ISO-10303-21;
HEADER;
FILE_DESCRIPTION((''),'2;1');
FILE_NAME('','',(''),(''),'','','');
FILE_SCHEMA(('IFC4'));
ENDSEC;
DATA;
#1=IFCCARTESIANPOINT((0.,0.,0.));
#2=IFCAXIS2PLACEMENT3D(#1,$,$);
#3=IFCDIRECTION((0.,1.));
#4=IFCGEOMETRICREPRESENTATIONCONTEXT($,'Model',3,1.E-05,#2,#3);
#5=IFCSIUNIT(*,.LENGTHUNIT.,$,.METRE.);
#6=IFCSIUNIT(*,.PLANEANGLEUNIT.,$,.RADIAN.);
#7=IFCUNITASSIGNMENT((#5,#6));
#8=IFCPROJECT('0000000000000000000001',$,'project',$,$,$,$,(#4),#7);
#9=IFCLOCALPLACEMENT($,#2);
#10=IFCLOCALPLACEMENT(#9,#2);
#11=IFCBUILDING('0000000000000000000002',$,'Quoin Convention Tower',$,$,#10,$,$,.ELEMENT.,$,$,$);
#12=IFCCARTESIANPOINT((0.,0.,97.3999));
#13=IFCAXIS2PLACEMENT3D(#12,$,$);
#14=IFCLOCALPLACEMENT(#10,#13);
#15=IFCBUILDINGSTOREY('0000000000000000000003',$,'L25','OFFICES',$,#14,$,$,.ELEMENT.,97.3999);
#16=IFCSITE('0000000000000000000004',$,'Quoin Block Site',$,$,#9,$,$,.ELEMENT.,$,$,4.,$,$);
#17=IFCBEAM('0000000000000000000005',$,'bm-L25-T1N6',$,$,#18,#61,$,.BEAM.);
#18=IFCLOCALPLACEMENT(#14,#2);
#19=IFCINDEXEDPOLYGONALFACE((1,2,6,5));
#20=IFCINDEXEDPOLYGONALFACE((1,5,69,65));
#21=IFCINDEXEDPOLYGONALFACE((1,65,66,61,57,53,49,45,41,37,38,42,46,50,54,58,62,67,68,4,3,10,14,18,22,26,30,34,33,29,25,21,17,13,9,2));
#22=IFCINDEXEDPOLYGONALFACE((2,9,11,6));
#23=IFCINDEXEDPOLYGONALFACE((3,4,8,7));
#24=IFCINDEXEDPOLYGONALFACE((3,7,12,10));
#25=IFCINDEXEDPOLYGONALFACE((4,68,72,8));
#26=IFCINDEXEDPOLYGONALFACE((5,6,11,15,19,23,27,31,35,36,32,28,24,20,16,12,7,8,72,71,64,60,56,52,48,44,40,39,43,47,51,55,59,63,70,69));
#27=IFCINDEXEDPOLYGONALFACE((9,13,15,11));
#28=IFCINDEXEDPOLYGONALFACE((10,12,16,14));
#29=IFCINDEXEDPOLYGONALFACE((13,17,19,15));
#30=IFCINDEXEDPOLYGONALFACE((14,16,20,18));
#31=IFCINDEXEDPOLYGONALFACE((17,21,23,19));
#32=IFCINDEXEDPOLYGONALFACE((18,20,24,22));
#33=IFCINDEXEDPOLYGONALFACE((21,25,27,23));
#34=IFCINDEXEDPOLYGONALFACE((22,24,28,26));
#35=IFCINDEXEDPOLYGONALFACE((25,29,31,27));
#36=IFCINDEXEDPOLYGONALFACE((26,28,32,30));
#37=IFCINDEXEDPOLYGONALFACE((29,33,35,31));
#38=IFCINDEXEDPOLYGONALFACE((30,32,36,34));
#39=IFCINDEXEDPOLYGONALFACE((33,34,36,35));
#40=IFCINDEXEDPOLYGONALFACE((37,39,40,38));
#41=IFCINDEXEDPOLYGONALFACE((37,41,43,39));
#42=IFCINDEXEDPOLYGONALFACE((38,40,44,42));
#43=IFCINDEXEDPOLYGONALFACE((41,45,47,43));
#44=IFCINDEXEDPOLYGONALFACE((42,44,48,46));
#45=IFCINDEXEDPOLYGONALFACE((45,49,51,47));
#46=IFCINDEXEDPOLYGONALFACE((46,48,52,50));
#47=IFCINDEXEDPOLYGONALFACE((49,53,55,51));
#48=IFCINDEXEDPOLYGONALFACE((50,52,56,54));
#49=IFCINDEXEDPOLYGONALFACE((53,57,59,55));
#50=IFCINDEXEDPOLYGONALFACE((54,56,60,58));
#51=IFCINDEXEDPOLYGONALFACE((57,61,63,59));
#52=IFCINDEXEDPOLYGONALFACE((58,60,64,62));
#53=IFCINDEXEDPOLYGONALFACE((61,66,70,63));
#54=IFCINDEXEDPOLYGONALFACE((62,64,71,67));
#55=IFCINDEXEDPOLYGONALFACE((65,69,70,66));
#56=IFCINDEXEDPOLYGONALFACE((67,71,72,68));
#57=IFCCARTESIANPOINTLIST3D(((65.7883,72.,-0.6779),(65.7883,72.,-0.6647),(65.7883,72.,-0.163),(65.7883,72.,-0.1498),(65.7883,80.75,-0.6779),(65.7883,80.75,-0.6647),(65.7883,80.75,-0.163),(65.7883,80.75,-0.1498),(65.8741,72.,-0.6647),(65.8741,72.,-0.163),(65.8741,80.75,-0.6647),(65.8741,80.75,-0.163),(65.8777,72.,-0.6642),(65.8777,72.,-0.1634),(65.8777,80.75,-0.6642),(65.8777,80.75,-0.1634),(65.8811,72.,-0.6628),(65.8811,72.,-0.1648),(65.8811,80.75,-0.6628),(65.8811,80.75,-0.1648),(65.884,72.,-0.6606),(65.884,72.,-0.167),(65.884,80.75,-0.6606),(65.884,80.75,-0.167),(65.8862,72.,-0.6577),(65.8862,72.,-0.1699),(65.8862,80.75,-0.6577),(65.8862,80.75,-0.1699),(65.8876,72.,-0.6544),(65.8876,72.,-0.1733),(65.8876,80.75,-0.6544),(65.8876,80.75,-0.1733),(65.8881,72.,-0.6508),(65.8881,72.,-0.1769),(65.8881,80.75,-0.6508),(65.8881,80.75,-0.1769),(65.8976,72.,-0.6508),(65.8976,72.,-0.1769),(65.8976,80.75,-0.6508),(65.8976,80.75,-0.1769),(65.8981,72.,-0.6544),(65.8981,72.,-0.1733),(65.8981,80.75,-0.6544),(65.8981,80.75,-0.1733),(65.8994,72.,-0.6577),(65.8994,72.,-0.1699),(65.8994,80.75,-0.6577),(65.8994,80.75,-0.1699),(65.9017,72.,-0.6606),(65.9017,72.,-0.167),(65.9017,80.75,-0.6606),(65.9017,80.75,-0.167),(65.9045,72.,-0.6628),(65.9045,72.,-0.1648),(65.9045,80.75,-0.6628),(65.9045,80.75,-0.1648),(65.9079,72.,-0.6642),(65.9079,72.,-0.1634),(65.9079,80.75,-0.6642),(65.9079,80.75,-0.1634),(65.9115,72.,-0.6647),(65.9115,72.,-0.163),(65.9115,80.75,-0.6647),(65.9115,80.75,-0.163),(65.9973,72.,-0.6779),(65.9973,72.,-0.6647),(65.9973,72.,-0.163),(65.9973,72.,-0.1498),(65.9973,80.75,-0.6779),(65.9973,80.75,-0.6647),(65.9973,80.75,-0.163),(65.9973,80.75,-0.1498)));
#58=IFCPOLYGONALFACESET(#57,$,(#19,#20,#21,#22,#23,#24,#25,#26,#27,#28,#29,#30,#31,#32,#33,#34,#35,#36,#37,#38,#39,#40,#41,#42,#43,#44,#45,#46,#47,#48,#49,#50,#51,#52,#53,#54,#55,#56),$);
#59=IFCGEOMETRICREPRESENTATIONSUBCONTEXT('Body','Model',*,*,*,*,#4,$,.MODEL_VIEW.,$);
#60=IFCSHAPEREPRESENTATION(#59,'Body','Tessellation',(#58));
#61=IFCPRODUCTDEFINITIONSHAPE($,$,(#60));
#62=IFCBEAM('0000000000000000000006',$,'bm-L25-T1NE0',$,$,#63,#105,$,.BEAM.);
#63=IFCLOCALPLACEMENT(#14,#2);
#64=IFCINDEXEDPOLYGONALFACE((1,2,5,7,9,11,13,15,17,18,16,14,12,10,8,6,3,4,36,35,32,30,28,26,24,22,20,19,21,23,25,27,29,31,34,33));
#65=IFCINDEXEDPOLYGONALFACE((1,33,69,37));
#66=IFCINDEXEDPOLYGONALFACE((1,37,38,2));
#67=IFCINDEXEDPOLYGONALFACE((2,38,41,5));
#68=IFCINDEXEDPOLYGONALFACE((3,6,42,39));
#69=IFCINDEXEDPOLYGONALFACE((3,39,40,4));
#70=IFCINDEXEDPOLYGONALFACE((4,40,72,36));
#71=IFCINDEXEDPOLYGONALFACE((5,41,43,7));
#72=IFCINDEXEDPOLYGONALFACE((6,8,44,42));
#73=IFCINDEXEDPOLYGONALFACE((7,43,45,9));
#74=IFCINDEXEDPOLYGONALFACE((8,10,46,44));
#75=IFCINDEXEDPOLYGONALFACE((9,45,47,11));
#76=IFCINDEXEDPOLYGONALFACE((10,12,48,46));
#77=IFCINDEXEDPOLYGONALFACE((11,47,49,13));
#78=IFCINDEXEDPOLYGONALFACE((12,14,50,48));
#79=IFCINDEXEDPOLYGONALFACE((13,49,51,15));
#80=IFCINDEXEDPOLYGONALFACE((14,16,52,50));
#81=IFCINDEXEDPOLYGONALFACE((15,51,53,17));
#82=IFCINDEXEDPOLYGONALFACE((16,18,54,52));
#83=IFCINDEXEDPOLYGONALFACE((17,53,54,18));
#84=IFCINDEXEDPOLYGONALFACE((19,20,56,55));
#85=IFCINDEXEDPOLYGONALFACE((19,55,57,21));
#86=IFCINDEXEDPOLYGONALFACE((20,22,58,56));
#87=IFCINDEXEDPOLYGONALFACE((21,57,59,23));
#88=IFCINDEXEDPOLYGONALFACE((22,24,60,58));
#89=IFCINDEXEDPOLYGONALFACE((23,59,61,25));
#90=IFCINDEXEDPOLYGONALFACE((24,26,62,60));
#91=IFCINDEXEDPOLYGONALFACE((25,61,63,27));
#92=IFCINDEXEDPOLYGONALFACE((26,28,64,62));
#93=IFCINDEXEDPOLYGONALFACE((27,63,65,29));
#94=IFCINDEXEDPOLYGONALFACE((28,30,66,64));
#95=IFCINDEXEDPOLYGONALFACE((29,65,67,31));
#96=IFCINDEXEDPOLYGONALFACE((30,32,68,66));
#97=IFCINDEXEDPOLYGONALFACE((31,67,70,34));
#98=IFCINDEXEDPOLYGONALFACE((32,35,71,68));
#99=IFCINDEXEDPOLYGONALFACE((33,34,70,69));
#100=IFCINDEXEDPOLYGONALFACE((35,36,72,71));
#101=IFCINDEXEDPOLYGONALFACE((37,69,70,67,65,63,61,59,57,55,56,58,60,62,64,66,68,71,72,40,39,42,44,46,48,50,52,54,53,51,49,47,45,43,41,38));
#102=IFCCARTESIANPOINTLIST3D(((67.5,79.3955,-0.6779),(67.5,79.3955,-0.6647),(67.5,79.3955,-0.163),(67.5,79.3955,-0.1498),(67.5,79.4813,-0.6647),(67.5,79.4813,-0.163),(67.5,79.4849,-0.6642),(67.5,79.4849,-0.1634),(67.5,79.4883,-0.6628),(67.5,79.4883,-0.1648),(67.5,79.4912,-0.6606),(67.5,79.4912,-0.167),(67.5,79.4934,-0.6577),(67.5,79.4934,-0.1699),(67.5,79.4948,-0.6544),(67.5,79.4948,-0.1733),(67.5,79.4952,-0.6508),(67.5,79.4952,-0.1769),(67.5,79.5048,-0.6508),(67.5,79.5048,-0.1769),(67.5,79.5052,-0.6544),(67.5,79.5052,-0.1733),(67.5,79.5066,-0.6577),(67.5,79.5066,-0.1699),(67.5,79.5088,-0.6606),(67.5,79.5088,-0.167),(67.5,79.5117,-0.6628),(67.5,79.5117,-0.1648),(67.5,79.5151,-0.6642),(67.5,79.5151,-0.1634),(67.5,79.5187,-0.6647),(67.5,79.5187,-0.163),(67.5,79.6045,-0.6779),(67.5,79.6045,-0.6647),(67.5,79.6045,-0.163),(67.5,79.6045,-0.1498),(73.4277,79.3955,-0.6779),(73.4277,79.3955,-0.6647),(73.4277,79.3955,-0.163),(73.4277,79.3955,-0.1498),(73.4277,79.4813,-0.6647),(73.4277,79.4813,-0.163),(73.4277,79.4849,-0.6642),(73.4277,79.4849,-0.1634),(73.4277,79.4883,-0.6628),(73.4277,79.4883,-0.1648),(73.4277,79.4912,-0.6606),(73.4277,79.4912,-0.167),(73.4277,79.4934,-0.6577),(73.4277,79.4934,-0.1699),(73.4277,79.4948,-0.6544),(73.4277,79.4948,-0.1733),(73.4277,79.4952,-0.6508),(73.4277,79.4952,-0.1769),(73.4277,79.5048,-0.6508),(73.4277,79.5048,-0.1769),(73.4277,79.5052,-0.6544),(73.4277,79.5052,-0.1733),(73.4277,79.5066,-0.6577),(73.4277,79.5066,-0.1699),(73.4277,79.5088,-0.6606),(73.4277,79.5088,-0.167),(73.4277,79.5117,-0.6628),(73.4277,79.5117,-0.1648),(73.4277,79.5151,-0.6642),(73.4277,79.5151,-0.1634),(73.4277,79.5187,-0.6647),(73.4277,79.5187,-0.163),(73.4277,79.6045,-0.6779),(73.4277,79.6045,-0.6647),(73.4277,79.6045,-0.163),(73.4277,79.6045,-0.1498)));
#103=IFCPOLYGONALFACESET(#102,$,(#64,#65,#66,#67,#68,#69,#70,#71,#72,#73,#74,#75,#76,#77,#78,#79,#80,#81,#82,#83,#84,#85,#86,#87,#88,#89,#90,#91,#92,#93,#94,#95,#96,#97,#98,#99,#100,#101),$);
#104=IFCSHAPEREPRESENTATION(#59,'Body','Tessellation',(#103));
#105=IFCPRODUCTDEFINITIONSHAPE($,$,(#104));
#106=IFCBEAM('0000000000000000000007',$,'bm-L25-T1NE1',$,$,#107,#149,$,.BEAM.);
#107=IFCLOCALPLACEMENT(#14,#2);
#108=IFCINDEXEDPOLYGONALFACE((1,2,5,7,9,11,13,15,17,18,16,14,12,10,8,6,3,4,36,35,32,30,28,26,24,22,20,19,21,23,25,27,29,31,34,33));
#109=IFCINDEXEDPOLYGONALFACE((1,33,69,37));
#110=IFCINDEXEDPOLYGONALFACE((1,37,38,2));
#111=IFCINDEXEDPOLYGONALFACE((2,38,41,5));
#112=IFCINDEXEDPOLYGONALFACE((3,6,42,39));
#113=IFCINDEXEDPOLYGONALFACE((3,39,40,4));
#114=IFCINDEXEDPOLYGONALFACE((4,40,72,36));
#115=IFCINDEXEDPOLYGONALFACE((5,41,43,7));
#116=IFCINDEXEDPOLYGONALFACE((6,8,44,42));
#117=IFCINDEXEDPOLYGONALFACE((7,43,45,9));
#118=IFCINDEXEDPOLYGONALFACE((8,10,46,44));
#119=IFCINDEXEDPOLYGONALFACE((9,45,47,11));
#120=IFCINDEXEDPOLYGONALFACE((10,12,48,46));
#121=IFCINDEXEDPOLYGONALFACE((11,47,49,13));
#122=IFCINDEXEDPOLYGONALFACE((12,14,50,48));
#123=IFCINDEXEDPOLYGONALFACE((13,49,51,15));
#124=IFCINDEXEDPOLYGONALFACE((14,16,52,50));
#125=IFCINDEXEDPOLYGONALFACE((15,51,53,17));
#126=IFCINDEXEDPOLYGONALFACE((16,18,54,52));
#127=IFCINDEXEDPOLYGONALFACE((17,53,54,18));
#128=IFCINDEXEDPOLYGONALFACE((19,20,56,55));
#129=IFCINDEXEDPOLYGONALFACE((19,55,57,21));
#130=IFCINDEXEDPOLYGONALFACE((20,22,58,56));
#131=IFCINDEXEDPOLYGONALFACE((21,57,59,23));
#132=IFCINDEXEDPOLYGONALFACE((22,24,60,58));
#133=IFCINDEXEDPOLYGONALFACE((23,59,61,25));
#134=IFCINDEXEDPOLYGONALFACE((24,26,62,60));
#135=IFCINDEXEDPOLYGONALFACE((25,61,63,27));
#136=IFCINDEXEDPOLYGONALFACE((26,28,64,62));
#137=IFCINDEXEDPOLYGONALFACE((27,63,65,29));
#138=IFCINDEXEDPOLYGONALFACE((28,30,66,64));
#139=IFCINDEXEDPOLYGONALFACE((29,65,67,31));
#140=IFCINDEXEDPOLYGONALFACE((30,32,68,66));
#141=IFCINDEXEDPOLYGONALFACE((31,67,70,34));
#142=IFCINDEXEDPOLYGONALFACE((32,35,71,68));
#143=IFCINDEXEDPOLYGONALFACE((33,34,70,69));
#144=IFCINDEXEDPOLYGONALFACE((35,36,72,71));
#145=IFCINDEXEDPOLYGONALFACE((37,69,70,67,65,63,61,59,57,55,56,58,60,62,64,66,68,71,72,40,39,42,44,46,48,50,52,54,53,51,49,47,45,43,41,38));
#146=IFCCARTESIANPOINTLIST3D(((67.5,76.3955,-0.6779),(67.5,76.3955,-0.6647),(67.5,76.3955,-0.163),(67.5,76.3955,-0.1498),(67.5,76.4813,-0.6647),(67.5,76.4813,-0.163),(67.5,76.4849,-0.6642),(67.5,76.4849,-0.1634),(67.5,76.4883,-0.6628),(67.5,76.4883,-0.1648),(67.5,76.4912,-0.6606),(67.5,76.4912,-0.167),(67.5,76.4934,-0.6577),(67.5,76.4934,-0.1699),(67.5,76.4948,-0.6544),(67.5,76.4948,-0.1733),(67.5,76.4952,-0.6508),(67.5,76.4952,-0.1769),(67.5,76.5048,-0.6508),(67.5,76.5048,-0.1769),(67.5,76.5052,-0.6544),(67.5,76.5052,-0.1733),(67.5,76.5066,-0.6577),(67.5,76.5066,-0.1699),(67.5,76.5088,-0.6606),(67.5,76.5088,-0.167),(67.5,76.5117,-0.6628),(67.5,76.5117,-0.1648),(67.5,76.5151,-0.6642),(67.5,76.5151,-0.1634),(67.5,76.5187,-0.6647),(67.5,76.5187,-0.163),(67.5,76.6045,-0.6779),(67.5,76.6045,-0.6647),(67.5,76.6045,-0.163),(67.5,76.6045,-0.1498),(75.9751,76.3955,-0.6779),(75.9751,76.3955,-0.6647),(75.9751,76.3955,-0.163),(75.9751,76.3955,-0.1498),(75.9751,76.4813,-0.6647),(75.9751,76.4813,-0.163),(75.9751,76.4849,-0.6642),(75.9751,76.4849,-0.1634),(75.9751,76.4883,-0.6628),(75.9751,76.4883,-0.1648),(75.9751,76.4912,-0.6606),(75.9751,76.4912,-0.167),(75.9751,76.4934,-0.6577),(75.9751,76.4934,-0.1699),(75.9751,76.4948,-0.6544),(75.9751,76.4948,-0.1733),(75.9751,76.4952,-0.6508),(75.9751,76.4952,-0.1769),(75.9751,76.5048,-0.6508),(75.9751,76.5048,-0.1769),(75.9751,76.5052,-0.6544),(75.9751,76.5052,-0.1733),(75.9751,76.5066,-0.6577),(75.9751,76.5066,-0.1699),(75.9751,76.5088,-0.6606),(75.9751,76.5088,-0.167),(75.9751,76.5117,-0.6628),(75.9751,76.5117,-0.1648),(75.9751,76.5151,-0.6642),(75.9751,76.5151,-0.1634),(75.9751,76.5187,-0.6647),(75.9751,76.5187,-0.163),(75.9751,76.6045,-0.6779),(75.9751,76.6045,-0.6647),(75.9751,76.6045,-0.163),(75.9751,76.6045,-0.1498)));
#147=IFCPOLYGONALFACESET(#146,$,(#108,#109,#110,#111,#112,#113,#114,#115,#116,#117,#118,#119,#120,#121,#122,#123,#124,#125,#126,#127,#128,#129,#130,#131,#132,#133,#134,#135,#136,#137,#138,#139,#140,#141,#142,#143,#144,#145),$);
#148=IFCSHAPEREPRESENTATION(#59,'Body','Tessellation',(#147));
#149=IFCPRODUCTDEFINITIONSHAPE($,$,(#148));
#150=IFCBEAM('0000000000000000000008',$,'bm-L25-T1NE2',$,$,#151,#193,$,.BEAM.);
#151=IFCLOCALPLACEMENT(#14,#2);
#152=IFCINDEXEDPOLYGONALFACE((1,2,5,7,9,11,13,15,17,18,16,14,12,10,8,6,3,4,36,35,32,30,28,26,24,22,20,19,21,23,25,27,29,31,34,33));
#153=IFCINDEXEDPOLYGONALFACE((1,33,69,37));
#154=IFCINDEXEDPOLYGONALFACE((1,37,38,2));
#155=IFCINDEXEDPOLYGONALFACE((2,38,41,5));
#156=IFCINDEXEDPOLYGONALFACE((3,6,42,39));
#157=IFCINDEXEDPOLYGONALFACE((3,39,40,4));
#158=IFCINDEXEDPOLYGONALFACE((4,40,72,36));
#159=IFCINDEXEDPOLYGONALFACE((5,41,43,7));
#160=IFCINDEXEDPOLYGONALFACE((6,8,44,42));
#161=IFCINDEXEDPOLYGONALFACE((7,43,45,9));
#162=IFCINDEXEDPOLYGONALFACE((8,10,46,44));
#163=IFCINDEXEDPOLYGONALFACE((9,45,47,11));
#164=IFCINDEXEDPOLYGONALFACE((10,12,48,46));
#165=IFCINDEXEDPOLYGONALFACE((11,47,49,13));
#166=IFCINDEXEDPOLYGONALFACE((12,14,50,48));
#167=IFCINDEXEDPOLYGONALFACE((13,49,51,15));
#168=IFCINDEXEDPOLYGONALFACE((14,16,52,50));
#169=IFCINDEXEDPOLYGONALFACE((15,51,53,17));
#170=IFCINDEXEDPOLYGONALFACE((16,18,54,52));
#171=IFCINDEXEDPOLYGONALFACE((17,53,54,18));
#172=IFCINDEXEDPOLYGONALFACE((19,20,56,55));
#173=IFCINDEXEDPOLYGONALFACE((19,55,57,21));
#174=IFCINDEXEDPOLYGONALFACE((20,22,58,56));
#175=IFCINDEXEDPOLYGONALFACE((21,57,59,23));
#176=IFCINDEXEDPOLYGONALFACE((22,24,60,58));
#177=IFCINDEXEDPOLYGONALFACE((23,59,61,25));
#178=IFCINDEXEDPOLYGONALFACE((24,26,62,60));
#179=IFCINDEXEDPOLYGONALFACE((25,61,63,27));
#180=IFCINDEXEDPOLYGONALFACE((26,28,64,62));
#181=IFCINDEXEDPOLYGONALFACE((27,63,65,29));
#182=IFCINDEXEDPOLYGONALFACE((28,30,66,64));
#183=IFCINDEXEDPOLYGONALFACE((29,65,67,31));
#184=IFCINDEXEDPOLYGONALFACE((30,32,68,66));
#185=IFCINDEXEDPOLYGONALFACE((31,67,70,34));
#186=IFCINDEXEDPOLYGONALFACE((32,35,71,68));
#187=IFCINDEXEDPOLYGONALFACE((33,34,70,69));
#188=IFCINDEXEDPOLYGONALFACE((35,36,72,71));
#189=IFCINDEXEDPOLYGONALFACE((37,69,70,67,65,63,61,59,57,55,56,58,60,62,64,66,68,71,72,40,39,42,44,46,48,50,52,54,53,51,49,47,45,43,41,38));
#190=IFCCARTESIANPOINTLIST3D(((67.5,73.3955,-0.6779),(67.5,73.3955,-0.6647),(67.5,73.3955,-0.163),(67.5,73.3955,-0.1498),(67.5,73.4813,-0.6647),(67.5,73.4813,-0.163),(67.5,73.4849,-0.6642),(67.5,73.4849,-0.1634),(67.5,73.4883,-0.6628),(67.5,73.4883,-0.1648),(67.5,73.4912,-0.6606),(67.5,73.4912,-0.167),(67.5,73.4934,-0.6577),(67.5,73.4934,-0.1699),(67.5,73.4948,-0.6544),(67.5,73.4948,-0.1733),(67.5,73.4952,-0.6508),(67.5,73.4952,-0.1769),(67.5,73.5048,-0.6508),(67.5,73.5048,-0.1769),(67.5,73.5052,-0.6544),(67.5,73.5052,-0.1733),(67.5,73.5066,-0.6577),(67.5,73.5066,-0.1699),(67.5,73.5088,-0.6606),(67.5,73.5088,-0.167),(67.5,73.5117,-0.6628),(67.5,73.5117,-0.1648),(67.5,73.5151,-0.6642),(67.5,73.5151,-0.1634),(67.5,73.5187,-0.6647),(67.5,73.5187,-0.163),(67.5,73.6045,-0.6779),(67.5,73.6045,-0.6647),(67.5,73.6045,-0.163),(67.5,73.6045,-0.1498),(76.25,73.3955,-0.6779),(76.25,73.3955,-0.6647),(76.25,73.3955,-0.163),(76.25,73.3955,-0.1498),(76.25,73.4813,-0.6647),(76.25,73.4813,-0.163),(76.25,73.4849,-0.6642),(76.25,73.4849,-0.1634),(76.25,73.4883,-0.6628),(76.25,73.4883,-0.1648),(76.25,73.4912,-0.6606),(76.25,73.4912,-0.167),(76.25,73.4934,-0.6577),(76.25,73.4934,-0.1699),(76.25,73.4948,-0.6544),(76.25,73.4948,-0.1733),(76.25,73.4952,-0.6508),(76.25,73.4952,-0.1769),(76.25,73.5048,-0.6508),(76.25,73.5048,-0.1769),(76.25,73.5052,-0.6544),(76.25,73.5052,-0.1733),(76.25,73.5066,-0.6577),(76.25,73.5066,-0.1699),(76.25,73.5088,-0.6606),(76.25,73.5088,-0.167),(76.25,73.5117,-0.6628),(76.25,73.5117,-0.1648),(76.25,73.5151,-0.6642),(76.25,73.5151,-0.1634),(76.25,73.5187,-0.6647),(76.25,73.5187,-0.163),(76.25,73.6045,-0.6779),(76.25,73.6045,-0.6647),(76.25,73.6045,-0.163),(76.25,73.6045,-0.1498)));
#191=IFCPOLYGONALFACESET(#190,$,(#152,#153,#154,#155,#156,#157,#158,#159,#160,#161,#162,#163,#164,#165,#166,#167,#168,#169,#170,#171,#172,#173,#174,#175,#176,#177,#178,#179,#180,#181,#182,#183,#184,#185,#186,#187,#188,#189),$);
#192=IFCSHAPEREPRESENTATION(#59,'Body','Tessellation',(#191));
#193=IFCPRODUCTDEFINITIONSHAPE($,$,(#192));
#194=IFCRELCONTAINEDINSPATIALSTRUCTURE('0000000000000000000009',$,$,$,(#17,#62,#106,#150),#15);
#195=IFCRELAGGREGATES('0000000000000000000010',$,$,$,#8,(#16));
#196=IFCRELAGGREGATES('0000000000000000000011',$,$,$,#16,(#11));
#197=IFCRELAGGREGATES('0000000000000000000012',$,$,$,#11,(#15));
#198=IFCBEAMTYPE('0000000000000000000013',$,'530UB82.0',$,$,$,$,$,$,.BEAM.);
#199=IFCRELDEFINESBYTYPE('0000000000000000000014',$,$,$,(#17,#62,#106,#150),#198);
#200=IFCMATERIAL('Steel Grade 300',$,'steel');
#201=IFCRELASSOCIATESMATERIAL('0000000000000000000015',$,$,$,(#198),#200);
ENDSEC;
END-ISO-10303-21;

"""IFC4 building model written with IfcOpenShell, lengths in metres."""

from ifc_helpers import new_model, si_unit, direction, frame, origin, origin_2d, place, context, subcontext, project, spatial, i_section, extrude, material, material_profile, profile_set, type_object, element, save


model = new_model("IFC4")

# Units and contexts
model_context = context("Model", 3, precision=1e-05, world=origin(), true_north=direction((0.0, 1.0)))
body_context = subcontext(model_context, "Body", "Model", "MODEL_VIEW")
ifc_project = project(units=[si_unit("LENGTHUNIT", "METRE"), si_unit("PLANEANGLEUNIT", "RADIAN")], contexts=[model_context])

# Site, building, storey
site_placement = place(None, origin())
site = spatial("IfcSite", under=ifc_project, at=site_placement, Name="Quoin Block Site", CompositionType="ELEMENT", RefElevation=4.0)
building_placement = place(site_placement, origin())
building = spatial("IfcBuilding", under=site, at=building_placement, Name="Quoin Convention Tower", CompositionType="ELEMENT")
storey_placement = place(building_placement, frame((0.0, 0.0, 97.3999)))
storey = spatial("IfcBuildingStorey", under=building, at=storey_placement, Name="L25", Description="OFFICES", CompositionType="ELEMENT", Elevation=97.3999)

# Beams
ifc_material_1 = material(Name="Steel Grade 300", Category="steel")
ifc_material_profile_1 = material_profile(ifc_material_1, i_section(OverallWidth=0.209, OverallDepth=0.5281, WebThickness=0.0095, FlangeThickness=0.0132, FilletRadius=0.0139, at=origin_2d()), Name="530UB82.0")
ifc_profile_set_1 = profile_set([ifc_material_profile_1], Name="Steel Grade 300")
beam_type_1 = type_object("IfcBeamType", Name="530UB82.0", PredefinedType="BEAM", material=ifc_profile_set_1)
for number, where, z_axis, x_axis, name in (
    (1, (65.8928, 72.0, -0.4138), (0.0, 1.0, 0.0), (-1.0, 0.0, 0.0), "bm-L25-T1N6"),
):
    element("IfcBeam", number, at=place(storey_placement, frame(where, z_axis=z_axis, x_axis=x_axis)), inside=storey, type_object=beam_type_1, Name=name, PredefinedType="BEAM", context=body_context, shape_type="SweptSolid", body=[
        extrude(i_section(OverallWidth=0.209, OverallDepth=0.5281, WebThickness=0.0095, FlangeThickness=0.0132, FilletRadius=0.0139, at=origin_2d()), origin(), (0.0, 0.0, 1.0), 8.75),
    ])
beam_1_placement = place(storey_placement, frame((67.5, 79.5, -0.4138), z_axis=(1.0, 0.0, 0.0), x_axis=(0.0, 1.0, 0.0)))
element("IfcBeam", 2, at=beam_1_placement, inside=storey, type_object=beam_type_1, Name="bm-L25-T1NE0", PredefinedType="BEAM", context=body_context, shape_type="SweptSolid", body=[
    extrude(i_section(OverallWidth=0.209, OverallDepth=0.5281, WebThickness=0.0095, FlangeThickness=0.0132, FilletRadius=0.0139, at=origin_2d()), origin(), (0.0, 0.0, 1.0), 5.9277),
])
beam_2_placement = place(storey_placement, frame((67.5, 76.5, -0.4138), z_axis=(1.0, 0.0, 0.0), x_axis=(0.0, 1.0, 0.0)))
element("IfcBeam", 3, at=beam_2_placement, inside=storey, type_object=beam_type_1, Name="bm-L25-T1NE1", PredefinedType="BEAM", context=body_context, shape_type="SweptSolid", body=[
    extrude(i_section(OverallWidth=0.209, OverallDepth=0.5281, WebThickness=0.0095, FlangeThickness=0.0132, FilletRadius=0.0139, at=origin_2d()), origin(), (0.0, 0.0, 1.0), 8.4751),
])
beam_3_placement = place(storey_placement, frame((67.5, 73.5, -0.4138), z_axis=(1.0, 0.0, 0.0), x_axis=(0.0, 1.0, 0.0)))
element("IfcBeam", 4, at=beam_3_placement, inside=storey, type_object=beam_type_1, Name="bm-L25-T1NE2", PredefinedType="BEAM", context=body_context, shape_type="SweptSolid", body=[
    extrude(i_section(OverallWidth=0.209, OverallDepth=0.5281, WebThickness=0.0095, FlangeThickness=0.0132, FilletRadius=0.0139, at=origin_2d()), origin(), (0.0, 0.0, 1.0), 8.75),
])

save(model, "model.ifc")
